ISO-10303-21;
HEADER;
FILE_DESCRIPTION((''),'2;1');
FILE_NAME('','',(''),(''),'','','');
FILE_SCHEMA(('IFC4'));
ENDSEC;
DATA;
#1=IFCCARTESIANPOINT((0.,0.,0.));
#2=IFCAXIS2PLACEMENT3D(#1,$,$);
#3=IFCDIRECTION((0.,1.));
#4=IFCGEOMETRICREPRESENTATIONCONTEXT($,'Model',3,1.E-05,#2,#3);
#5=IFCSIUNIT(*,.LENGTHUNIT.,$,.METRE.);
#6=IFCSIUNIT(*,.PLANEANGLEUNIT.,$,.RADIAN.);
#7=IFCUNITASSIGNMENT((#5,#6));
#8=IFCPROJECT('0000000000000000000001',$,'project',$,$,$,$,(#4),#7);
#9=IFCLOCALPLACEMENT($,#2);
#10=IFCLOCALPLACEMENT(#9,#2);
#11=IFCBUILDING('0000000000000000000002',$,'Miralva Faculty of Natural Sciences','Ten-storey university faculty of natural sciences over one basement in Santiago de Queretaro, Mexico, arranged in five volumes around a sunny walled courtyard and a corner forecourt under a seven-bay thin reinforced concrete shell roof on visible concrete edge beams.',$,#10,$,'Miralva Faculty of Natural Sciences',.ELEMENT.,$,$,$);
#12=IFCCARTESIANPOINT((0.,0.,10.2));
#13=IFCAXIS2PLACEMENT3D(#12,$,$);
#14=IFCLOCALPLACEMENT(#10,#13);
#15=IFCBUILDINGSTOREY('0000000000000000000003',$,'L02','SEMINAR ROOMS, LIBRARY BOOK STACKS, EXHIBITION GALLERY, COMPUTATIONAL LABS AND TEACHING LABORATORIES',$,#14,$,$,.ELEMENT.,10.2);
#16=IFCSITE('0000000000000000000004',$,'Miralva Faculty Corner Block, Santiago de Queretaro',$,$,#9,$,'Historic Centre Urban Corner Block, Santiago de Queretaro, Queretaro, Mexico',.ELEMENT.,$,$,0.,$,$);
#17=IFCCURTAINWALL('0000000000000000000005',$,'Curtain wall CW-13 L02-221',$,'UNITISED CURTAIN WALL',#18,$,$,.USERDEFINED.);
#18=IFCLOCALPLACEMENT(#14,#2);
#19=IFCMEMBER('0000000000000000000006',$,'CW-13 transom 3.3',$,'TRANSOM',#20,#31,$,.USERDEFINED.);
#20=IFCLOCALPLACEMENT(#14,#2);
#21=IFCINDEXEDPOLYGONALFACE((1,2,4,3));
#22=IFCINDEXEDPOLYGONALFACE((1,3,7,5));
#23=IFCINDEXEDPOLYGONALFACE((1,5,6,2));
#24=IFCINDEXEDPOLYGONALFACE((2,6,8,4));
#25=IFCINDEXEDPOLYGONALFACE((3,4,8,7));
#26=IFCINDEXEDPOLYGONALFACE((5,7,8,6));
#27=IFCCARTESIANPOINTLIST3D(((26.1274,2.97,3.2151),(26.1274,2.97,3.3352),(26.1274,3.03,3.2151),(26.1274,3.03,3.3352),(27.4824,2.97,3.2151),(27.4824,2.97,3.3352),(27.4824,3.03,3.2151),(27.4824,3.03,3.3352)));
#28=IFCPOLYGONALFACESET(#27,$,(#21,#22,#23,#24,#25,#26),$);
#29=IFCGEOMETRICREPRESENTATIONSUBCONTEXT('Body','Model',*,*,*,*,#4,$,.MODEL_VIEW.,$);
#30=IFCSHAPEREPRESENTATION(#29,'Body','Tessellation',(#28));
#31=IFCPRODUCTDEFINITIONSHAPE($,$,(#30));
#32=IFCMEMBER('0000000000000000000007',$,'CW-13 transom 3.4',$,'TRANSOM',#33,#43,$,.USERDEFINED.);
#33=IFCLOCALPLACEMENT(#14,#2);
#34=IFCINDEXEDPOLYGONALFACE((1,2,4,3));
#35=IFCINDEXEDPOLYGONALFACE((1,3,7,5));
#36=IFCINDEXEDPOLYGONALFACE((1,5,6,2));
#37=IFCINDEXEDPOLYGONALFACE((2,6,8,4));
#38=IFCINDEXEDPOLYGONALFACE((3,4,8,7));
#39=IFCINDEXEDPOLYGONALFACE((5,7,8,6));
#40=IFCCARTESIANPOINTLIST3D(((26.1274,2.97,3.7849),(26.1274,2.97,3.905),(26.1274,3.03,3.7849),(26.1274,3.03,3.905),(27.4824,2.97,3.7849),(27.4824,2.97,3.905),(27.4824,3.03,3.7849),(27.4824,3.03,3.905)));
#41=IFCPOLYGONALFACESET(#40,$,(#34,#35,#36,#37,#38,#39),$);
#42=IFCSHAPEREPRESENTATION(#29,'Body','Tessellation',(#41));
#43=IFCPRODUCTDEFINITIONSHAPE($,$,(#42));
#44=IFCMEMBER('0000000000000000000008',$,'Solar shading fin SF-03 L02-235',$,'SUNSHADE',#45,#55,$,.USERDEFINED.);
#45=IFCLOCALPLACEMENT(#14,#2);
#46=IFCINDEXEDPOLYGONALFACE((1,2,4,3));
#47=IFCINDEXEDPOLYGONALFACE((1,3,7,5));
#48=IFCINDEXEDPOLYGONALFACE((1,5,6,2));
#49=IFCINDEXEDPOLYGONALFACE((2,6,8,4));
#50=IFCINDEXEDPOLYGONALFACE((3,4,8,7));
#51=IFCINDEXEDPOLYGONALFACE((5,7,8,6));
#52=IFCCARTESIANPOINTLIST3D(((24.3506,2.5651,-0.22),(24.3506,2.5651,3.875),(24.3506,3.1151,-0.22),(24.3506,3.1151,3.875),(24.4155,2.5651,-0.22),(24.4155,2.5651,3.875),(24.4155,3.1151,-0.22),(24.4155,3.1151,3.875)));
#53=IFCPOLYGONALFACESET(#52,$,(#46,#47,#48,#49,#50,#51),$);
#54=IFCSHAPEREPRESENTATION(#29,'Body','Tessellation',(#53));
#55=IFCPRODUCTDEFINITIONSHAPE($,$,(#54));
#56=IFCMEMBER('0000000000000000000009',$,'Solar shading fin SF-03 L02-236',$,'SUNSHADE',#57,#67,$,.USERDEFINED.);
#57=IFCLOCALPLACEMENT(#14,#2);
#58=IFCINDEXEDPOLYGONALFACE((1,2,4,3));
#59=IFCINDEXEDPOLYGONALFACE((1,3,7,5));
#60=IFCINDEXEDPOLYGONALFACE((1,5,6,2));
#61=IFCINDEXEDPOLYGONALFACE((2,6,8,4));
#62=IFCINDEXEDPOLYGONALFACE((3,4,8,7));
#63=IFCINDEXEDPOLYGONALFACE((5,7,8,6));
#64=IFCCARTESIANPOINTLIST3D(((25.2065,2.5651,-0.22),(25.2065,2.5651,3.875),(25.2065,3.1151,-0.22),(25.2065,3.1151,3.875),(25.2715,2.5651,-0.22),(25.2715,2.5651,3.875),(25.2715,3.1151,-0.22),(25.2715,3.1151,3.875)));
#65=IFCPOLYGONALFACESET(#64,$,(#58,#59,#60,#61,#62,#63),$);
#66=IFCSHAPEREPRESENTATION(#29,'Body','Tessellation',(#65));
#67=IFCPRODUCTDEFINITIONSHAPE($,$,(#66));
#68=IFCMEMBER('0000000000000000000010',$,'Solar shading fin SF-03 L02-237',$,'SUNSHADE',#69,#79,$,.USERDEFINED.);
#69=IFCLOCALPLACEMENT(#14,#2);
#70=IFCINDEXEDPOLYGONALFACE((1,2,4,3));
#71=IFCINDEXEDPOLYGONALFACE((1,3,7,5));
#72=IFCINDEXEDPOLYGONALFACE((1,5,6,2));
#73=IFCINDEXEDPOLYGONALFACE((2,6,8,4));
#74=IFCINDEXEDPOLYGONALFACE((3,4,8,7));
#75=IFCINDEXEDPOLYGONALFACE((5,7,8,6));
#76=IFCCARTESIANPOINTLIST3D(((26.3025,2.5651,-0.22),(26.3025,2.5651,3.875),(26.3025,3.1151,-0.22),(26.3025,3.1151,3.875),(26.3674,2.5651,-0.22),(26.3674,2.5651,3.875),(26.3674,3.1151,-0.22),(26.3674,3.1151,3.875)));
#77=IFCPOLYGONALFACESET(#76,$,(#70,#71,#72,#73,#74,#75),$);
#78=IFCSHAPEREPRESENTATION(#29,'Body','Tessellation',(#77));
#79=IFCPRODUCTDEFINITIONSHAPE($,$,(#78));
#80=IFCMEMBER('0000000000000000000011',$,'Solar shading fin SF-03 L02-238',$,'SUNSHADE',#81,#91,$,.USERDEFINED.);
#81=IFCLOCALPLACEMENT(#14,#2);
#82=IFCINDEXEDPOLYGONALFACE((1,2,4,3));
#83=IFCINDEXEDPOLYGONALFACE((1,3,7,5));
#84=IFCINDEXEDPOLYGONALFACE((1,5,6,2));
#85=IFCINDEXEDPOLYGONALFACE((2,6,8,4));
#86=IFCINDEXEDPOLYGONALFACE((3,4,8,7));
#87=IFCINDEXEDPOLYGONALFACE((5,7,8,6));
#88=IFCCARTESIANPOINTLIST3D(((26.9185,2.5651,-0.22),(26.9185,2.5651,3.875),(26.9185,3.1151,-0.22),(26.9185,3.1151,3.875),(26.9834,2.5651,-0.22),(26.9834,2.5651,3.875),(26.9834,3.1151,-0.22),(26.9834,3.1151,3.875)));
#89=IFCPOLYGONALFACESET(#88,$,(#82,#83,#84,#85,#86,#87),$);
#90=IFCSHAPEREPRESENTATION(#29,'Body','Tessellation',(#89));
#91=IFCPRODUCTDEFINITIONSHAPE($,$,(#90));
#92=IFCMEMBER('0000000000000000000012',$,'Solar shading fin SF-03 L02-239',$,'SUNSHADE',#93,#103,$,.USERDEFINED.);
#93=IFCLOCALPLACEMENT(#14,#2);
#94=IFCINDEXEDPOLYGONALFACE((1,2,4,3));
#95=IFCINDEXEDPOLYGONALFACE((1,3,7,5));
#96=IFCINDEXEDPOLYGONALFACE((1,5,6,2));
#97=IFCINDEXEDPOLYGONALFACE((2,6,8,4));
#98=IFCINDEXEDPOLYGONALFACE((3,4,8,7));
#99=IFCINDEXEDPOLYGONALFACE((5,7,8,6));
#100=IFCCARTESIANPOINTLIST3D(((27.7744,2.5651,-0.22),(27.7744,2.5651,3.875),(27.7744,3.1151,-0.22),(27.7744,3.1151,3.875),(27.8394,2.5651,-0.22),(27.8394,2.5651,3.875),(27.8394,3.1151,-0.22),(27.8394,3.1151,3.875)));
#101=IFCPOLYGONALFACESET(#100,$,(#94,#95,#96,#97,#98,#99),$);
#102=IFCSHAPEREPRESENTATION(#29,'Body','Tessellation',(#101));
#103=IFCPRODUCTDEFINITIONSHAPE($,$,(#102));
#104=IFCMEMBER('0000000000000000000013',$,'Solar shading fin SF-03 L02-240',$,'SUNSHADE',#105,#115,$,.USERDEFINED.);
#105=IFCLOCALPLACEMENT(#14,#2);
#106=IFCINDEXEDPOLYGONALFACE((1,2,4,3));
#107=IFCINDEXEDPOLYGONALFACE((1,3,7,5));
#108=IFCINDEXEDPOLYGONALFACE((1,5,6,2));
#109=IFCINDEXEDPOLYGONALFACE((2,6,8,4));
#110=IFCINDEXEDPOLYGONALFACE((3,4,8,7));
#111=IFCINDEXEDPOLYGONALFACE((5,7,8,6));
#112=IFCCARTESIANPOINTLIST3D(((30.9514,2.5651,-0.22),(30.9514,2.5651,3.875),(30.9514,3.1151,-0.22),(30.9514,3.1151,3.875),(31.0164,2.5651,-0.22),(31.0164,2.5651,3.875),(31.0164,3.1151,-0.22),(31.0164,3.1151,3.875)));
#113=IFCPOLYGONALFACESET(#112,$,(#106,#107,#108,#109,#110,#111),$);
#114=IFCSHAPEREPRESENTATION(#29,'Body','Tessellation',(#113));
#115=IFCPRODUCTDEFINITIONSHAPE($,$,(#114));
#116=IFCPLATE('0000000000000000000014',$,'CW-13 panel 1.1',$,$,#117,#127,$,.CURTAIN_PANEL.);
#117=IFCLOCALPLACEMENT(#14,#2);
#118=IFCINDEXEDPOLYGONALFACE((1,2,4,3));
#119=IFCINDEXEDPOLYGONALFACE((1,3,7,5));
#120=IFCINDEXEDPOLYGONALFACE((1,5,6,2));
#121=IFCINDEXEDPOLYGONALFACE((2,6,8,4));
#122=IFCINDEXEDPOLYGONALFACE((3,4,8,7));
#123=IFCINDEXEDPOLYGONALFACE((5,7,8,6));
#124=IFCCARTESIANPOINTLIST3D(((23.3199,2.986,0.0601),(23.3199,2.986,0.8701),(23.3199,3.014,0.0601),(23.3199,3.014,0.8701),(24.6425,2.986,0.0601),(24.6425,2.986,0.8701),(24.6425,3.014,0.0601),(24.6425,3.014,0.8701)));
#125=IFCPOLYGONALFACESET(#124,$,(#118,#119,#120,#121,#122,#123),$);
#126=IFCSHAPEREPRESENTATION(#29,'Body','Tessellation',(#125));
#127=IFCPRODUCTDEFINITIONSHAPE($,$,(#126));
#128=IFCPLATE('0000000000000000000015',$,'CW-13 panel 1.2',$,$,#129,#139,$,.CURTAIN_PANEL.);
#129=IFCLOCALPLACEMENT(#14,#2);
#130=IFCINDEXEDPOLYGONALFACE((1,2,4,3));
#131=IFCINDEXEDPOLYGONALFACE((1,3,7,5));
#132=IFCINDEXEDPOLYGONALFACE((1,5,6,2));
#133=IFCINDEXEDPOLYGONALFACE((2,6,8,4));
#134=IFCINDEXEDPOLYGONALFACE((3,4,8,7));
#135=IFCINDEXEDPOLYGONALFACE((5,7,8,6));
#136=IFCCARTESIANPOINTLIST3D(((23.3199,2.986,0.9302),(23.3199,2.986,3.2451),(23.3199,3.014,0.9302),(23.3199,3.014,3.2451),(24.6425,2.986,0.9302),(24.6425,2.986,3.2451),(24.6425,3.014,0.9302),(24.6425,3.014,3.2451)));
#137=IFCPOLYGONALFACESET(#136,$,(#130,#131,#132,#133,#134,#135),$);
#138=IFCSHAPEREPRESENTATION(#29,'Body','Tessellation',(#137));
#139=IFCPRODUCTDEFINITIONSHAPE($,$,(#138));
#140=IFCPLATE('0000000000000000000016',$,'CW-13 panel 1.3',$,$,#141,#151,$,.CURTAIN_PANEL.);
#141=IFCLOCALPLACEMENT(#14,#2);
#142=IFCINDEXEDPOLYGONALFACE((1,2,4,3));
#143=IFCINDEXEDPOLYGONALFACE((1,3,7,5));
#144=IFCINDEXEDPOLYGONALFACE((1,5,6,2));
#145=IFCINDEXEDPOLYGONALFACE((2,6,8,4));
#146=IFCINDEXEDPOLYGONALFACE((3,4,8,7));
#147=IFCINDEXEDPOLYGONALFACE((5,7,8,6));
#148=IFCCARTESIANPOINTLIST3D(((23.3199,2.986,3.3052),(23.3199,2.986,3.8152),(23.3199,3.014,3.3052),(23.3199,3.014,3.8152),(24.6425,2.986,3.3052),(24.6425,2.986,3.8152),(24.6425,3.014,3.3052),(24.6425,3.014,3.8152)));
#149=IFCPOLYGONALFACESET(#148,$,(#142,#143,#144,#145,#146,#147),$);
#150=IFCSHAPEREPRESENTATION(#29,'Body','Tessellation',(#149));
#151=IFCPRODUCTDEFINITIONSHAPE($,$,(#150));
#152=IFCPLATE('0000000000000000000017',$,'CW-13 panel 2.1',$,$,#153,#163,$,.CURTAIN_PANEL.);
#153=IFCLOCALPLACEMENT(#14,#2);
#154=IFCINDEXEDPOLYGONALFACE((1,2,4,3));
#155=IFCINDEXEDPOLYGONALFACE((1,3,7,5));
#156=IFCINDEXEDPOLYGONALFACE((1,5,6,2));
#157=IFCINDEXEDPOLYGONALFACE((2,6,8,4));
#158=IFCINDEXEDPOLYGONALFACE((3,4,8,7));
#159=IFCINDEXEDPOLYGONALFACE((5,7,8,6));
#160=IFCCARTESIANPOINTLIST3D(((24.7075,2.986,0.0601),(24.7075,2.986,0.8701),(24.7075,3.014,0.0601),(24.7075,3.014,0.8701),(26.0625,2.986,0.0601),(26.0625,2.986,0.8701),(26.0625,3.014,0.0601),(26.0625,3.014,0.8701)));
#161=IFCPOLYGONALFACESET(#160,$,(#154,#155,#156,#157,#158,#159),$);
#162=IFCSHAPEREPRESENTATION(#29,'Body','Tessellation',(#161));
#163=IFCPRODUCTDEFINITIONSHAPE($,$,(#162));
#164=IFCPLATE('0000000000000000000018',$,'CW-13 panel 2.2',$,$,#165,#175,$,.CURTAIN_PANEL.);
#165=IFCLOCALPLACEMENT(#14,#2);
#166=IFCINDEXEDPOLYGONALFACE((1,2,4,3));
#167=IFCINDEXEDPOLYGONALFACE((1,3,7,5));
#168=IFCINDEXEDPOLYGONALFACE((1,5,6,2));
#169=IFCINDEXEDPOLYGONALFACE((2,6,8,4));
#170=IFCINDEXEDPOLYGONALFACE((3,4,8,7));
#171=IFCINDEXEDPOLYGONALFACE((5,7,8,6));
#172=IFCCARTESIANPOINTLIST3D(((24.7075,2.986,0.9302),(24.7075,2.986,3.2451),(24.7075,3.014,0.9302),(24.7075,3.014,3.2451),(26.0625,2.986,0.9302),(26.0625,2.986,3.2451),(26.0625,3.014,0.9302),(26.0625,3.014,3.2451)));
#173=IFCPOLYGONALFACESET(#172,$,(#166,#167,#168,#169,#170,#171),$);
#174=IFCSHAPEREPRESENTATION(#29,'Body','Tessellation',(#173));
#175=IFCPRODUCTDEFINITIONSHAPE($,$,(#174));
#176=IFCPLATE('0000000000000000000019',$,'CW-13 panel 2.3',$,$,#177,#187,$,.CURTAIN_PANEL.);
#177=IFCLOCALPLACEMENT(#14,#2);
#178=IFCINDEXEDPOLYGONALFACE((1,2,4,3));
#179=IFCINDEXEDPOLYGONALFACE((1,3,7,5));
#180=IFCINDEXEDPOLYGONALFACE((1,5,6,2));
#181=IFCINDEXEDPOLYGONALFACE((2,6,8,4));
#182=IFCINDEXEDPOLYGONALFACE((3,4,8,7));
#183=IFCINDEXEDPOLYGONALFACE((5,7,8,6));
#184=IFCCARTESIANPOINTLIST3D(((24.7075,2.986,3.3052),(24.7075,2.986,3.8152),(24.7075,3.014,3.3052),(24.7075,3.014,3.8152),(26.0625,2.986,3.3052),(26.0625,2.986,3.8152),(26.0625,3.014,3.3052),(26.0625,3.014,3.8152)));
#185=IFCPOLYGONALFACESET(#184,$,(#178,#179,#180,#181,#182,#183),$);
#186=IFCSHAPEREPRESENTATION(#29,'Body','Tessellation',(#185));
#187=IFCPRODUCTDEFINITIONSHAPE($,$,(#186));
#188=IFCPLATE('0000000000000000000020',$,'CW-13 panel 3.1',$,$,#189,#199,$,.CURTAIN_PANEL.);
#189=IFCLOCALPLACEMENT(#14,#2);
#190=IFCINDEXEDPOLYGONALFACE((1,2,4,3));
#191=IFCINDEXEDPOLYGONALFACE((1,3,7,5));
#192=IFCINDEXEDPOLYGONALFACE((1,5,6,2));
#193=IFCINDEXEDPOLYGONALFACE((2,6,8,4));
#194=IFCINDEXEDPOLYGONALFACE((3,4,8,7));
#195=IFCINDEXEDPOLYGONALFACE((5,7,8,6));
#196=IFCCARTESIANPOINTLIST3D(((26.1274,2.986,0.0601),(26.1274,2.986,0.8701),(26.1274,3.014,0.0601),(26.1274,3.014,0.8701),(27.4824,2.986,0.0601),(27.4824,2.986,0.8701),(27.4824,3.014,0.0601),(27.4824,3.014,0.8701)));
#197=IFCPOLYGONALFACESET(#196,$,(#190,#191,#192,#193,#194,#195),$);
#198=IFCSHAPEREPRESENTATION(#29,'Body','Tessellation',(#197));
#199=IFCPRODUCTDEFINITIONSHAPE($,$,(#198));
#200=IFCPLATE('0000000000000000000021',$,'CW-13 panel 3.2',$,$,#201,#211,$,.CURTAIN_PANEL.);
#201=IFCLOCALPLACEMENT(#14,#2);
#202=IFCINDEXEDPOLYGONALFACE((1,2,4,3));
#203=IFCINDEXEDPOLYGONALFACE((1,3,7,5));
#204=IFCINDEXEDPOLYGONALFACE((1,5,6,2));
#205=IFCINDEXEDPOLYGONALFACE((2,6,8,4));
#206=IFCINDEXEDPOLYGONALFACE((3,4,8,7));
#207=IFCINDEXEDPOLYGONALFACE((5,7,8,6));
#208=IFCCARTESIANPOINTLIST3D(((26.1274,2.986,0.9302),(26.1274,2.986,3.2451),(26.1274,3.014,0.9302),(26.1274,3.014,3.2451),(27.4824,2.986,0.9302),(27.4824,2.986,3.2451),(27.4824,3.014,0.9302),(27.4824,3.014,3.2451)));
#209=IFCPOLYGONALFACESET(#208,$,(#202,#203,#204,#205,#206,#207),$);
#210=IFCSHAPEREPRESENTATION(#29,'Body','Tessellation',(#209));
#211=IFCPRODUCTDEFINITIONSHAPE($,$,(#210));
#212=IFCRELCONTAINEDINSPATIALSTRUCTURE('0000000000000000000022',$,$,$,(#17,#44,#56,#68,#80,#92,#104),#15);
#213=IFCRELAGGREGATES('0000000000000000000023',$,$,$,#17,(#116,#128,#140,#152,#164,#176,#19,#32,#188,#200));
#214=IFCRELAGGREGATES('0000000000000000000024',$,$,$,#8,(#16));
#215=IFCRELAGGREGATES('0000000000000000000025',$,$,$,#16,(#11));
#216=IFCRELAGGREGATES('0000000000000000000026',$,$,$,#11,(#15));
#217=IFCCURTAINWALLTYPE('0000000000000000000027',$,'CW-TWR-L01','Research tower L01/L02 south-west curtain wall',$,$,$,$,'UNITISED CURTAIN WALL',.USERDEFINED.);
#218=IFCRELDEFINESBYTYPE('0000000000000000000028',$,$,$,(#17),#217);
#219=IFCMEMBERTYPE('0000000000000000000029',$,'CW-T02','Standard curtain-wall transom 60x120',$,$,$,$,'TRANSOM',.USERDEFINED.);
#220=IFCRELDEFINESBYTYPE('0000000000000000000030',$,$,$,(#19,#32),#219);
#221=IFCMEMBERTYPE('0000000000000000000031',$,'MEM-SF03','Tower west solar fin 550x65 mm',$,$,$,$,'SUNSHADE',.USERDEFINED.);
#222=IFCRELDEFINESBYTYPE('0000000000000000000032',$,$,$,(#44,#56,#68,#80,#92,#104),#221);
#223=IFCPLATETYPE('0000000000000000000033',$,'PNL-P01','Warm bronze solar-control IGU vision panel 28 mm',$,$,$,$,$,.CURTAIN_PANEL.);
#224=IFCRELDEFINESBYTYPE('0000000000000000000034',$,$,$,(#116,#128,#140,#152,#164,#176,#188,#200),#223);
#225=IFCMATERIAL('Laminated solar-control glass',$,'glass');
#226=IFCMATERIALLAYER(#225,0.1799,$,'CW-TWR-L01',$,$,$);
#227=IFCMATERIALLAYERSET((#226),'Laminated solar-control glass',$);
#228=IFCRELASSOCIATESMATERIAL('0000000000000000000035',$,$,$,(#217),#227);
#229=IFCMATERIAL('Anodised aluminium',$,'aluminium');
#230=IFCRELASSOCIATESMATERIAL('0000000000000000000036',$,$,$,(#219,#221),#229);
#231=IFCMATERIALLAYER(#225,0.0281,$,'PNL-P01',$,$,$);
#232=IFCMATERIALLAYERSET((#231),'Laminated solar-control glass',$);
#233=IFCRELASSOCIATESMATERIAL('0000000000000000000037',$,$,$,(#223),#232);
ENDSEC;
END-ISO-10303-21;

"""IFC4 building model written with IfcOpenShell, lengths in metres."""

from ifc_helpers import new_model, si_unit, direction, frame, origin, origin_2d, place, context, subcontext, project, spatial, rectangle, extrude, material, layer, layer_set, material_profile, profile_set, type_object, element, aggregate, save


model = new_model("IFC4")

# Units and contexts
model_context = context("Model", 3, precision=1e-05, world=origin(), true_north=direction((0.0, 1.0)))
body_context = subcontext(model_context, "Body", "Model", "MODEL_VIEW")
ifc_project = project(units=[si_unit("LENGTHUNIT", "METRE"), si_unit("PLANEANGLEUNIT", "RADIAN")], contexts=[model_context])

# Site, building, storey
site_placement = place(None, origin())
site = spatial("IfcSite", under=ifc_project, at=site_placement, Name="Miralva Faculty Corner Block, Santiago de Queretaro", LongName="Historic Centre Urban Corner Block, Santiago de Queretaro, Queretaro, Mexico", CompositionType="ELEMENT", RefElevation=0.0)
building_placement = place(site_placement, origin())
building = spatial("IfcBuilding", under=site, at=building_placement, Name="Miralva Faculty of Natural Sciences", Description="Ten-storey university faculty of natural sciences over one basement in Santiago de Queretaro, Mexico, arranged in five volumes around a sunny walled courtyard and a corner forecourt under a seven-bay thin reinforced concrete shell roof on visible concrete edge beams.", LongName="Miralva Faculty of Natural Sciences", CompositionType="ELEMENT")
storey_placement = place(building_placement, frame((0.0, 0.0, 10.2)))
storey = spatial("IfcBuildingStorey", under=building, at=storey_placement, Name="L02", Description="SEMINAR ROOMS, LIBRARY BOOK STACKS, EXHIBITION GALLERY, COMPUTATIONAL LABS AND TEACHING LABORATORIES", CompositionType="ELEMENT", Elevation=10.2)

# Curtain wall, members
ifc_material_1 = material(Name="Laminated solar-control glass", Category="glass")
ifc_layer_1 = layer(ifc_material_1, 0.1799, Name="CW-TWR-L01")
ifc_layer_set_1 = layer_set([ifc_layer_1], Name="Laminated solar-control glass")
curtain_wall_type = type_object("IfcCurtainWallType", Name="CW-TWR-L01", Description="Research tower L01/L02 south-west curtain wall", ElementType="UNITISED CURTAIN WALL", PredefinedType="USERDEFINED", material=ifc_layer_set_1)
curtain_wall_placement = place(storey_placement, origin())
curtain_wall = element("IfcCurtainWall", 1, at=curtain_wall_placement, inside=storey, type_object=curtain_wall_type, Name="Curtain wall CW-13 L02-221", ObjectType="UNITISED CURTAIN WALL", PredefinedType="USERDEFINED")
ifc_material_2 = material(Name="Anodised aluminium", Category="aluminium")
ifc_material_profile_1 = material_profile(ifc_material_2, rectangle(XDim=0.0601, YDim=0.1201, at=origin_2d()), Name="TRANSOM 60x120")
ifc_profile_set_1 = profile_set([ifc_material_profile_1], Name="Anodised aluminium")
member_type_1 = type_object("IfcMemberType", Name="CW-T02", Description="Standard curtain-wall transom 60x120", ElementType="TRANSOM", PredefinedType="USERDEFINED", material=ifc_profile_set_1)
member_1_placement = place(storey_placement, frame((26.1274, 3.0, 3.2751), z_axis=(1.0, 0.0, 0.0), x_axis=(0.0, 1.0, 0.0)))
member_1 = element("IfcMember", 2, at=member_1_placement, type_object=member_type_1, Name="CW-13 transom 3.3", ObjectType="TRANSOM", PredefinedType="USERDEFINED", context=body_context, shape_type="SweptSolid", body=[
    extrude(rectangle(XDim=0.0601, YDim=0.1201, at=origin_2d()), origin(), (0.0, 0.0, 1.0), 1.355),
])
member_2_placement = place(storey_placement, frame((26.1274, 3.0, 3.845), z_axis=(1.0, 0.0, 0.0), x_axis=(0.0, 1.0, 0.0)))
member_2 = element("IfcMember", 3, at=member_2_placement, type_object=member_type_1, Name="CW-13 transom 3.4", ObjectType="TRANSOM", PredefinedType="USERDEFINED", context=body_context, shape_type="SweptSolid", body=[
    extrude(rectangle(XDim=0.0601, YDim=0.1201, at=origin_2d()), origin(), (0.0, 0.0, 1.0), 1.355),
])

# Members
ifc_material_profile_2 = material_profile(ifc_material_2, rectangle(XDim=0.0649, YDim=0.55, at=origin_2d()), Name="FIN 550x65")
ifc_profile_set_2 = profile_set([ifc_material_profile_2], Name="Anodised aluminium")
member_type_2 = type_object("IfcMemberType", Name="MEM-SF03", Description="Tower west solar fin 550x65 mm", ElementType="SUNSHADE", PredefinedType="USERDEFINED", material=ifc_profile_set_2)
for number, where, z_axis, x_axis, name in (
    (4, (24.3831, 2.8401, -0.22), (0.0, 0.0, 1.0), (1.0, 0.0, 0.0), "Solar shading fin SF-03 L02-235"),
    (5, (25.239, 2.8401, -0.22), (0.0, 0.0, 1.0), (1.0, 0.0, 0.0), "Solar shading fin SF-03 L02-236"),
    (6, (26.335, 2.8401, -0.22), (0.0, 0.0, 1.0), (1.0, 0.0, 0.0), "Solar shading fin SF-03 L02-237"),
    (7, (26.9509, 2.8401, -0.22), (0.0, 0.0, 1.0), (1.0, 0.0, 0.0), "Solar shading fin SF-03 L02-238"),
    (8, (27.8069, 2.8401, -0.22), (0.0, 0.0, 1.0), (1.0, 0.0, 0.0), "Solar shading fin SF-03 L02-239"),
    (9, (30.9839, 2.8401, -0.22), (0.0, 0.0, 1.0), (1.0, 0.0, 0.0), "Solar shading fin SF-03 L02-240"),
):
    element("IfcMember", number, at=place(storey_placement, frame(where, z_axis=z_axis, x_axis=x_axis)), inside=storey, type_object=member_type_2, Name=name, ObjectType="SUNSHADE", PredefinedType="USERDEFINED", context=body_context, shape_type="SweptSolid", body=[
        extrude(rectangle(XDim=0.0649, YDim=0.55, at=origin_2d()), origin(), (0.0, 0.0, 1.0), 4.095),
    ])

# Plates
ifc_layer_2 = layer(ifc_material_1, 0.0281, Name="PNL-P01")
ifc_layer_set_2 = layer_set([ifc_layer_2], Name="Laminated solar-control glass")
plate_type = type_object("IfcPlateType", Name="PNL-P01", Description="Warm bronze solar-control IGU vision panel 28 mm", PredefinedType="CURTAIN_PANEL", material=ifc_layer_set_2)
plate_1_placement = place(storey_placement, frame((23.9812, 3.0, 0.0601), z_axis=(0.0, 0.0, 1.0), x_axis=(1.0, 0.0, 0.0)))
plate_1 = element("IfcPlate", 10, at=plate_1_placement, type_object=plate_type, Name="CW-13 panel 1.1", PredefinedType="CURTAIN_PANEL", context=body_context, shape_type="SweptSolid", body=[
    extrude(rectangle(XDim=1.3225, YDim=0.0281, at=origin_2d()), origin(), (0.0, 0.0, 1.0), 0.8101),
])
plate_2_placement = place(storey_placement, frame((23.9812, 3.0, 0.9302), z_axis=(0.0, 0.0, 1.0), x_axis=(1.0, 0.0, 0.0)))
plate_2 = element("IfcPlate", 11, at=plate_2_placement, type_object=plate_type, Name="CW-13 panel 1.2", PredefinedType="CURTAIN_PANEL", context=body_context, shape_type="SweptSolid", body=[
    extrude(rectangle(XDim=1.3225, YDim=0.0281, at=origin_2d()), origin(), (0.0, 0.0, 1.0), 2.3149),
])
plate_3_placement = place(storey_placement, frame((23.9812, 3.0, 3.3052), z_axis=(0.0, 0.0, 1.0), x_axis=(1.0, 0.0, 0.0)))
plate_3 = element("IfcPlate", 12, at=plate_3_placement, type_object=plate_type, Name="CW-13 panel 1.3", PredefinedType="CURTAIN_PANEL", context=body_context, shape_type="SweptSolid", body=[
    extrude(rectangle(XDim=1.3225, YDim=0.0281, at=origin_2d()), origin(), (0.0, 0.0, 1.0), 0.51),
])
plate_4_placement = place(storey_placement, frame((25.385, 3.0, 0.0601), z_axis=(0.0, 0.0, 1.0), x_axis=(1.0, 0.0, 0.0)))
plate_4 = element("IfcPlate", 13, at=plate_4_placement, type_object=plate_type, Name="CW-13 panel 2.1", PredefinedType="CURTAIN_PANEL", context=body_context, shape_type="SweptSolid", body=[
    extrude(rectangle(XDim=1.355, YDim=0.0281, at=origin_2d()), origin(), (0.0, 0.0, 1.0), 0.8101),
])
plate_5_placement = place(storey_placement, frame((25.385, 3.0, 0.9302), z_axis=(0.0, 0.0, 1.0), x_axis=(1.0, 0.0, 0.0)))
plate_5 = element("IfcPlate", 14, at=plate_5_placement, type_object=plate_type, Name="CW-13 panel 2.2", PredefinedType="CURTAIN_PANEL", context=body_context, shape_type="SweptSolid", body=[
    extrude(rectangle(XDim=1.355, YDim=0.0281, at=origin_2d()), origin(), (0.0, 0.0, 1.0), 2.3149),
])
plate_6_placement = place(storey_placement, frame((25.385, 3.0, 3.3052), z_axis=(0.0, 0.0, 1.0), x_axis=(1.0, 0.0, 0.0)))
plate_6 = element("IfcPlate", 15, at=plate_6_placement, type_object=plate_type, Name="CW-13 panel 2.3", PredefinedType="CURTAIN_PANEL", context=body_context, shape_type="SweptSolid", body=[
    extrude(rectangle(XDim=1.355, YDim=0.0281, at=origin_2d()), origin(), (0.0, 0.0, 1.0), 0.51),
])
plate_7_placement = place(storey_placement, frame((26.8049, 3.0, 0.0601), z_axis=(0.0, 0.0, 1.0), x_axis=(1.0, 0.0, 0.0)))
plate_7 = element("IfcPlate", 16, at=plate_7_placement, type_object=plate_type, Name="CW-13 panel 3.1", PredefinedType="CURTAIN_PANEL", context=body_context, shape_type="SweptSolid", body=[
    extrude(rectangle(XDim=1.355, YDim=0.0281, at=origin_2d()), origin(), (0.0, 0.0, 1.0), 0.8101),
])
plate_8_placement = place(storey_placement, frame((26.8049, 3.0, 0.9302), z_axis=(0.0, 0.0, 1.0), x_axis=(1.0, 0.0, 0.0)))
plate_8 = element("IfcPlate", 17, at=plate_8_placement, type_object=plate_type, Name="CW-13 panel 3.2", PredefinedType="CURTAIN_PANEL", context=body_context, shape_type="SweptSolid", body=[
    extrude(rectangle(XDim=1.355, YDim=0.0281, at=origin_2d()), origin(), (0.0, 0.0, 1.0), 2.3149),
])
aggregate(curtain_wall, [plate_1, plate_2, plate_3, plate_4, plate_5, plate_6, member_1, member_2, plate_7, plate_8])

save(model, "model.ifc")
